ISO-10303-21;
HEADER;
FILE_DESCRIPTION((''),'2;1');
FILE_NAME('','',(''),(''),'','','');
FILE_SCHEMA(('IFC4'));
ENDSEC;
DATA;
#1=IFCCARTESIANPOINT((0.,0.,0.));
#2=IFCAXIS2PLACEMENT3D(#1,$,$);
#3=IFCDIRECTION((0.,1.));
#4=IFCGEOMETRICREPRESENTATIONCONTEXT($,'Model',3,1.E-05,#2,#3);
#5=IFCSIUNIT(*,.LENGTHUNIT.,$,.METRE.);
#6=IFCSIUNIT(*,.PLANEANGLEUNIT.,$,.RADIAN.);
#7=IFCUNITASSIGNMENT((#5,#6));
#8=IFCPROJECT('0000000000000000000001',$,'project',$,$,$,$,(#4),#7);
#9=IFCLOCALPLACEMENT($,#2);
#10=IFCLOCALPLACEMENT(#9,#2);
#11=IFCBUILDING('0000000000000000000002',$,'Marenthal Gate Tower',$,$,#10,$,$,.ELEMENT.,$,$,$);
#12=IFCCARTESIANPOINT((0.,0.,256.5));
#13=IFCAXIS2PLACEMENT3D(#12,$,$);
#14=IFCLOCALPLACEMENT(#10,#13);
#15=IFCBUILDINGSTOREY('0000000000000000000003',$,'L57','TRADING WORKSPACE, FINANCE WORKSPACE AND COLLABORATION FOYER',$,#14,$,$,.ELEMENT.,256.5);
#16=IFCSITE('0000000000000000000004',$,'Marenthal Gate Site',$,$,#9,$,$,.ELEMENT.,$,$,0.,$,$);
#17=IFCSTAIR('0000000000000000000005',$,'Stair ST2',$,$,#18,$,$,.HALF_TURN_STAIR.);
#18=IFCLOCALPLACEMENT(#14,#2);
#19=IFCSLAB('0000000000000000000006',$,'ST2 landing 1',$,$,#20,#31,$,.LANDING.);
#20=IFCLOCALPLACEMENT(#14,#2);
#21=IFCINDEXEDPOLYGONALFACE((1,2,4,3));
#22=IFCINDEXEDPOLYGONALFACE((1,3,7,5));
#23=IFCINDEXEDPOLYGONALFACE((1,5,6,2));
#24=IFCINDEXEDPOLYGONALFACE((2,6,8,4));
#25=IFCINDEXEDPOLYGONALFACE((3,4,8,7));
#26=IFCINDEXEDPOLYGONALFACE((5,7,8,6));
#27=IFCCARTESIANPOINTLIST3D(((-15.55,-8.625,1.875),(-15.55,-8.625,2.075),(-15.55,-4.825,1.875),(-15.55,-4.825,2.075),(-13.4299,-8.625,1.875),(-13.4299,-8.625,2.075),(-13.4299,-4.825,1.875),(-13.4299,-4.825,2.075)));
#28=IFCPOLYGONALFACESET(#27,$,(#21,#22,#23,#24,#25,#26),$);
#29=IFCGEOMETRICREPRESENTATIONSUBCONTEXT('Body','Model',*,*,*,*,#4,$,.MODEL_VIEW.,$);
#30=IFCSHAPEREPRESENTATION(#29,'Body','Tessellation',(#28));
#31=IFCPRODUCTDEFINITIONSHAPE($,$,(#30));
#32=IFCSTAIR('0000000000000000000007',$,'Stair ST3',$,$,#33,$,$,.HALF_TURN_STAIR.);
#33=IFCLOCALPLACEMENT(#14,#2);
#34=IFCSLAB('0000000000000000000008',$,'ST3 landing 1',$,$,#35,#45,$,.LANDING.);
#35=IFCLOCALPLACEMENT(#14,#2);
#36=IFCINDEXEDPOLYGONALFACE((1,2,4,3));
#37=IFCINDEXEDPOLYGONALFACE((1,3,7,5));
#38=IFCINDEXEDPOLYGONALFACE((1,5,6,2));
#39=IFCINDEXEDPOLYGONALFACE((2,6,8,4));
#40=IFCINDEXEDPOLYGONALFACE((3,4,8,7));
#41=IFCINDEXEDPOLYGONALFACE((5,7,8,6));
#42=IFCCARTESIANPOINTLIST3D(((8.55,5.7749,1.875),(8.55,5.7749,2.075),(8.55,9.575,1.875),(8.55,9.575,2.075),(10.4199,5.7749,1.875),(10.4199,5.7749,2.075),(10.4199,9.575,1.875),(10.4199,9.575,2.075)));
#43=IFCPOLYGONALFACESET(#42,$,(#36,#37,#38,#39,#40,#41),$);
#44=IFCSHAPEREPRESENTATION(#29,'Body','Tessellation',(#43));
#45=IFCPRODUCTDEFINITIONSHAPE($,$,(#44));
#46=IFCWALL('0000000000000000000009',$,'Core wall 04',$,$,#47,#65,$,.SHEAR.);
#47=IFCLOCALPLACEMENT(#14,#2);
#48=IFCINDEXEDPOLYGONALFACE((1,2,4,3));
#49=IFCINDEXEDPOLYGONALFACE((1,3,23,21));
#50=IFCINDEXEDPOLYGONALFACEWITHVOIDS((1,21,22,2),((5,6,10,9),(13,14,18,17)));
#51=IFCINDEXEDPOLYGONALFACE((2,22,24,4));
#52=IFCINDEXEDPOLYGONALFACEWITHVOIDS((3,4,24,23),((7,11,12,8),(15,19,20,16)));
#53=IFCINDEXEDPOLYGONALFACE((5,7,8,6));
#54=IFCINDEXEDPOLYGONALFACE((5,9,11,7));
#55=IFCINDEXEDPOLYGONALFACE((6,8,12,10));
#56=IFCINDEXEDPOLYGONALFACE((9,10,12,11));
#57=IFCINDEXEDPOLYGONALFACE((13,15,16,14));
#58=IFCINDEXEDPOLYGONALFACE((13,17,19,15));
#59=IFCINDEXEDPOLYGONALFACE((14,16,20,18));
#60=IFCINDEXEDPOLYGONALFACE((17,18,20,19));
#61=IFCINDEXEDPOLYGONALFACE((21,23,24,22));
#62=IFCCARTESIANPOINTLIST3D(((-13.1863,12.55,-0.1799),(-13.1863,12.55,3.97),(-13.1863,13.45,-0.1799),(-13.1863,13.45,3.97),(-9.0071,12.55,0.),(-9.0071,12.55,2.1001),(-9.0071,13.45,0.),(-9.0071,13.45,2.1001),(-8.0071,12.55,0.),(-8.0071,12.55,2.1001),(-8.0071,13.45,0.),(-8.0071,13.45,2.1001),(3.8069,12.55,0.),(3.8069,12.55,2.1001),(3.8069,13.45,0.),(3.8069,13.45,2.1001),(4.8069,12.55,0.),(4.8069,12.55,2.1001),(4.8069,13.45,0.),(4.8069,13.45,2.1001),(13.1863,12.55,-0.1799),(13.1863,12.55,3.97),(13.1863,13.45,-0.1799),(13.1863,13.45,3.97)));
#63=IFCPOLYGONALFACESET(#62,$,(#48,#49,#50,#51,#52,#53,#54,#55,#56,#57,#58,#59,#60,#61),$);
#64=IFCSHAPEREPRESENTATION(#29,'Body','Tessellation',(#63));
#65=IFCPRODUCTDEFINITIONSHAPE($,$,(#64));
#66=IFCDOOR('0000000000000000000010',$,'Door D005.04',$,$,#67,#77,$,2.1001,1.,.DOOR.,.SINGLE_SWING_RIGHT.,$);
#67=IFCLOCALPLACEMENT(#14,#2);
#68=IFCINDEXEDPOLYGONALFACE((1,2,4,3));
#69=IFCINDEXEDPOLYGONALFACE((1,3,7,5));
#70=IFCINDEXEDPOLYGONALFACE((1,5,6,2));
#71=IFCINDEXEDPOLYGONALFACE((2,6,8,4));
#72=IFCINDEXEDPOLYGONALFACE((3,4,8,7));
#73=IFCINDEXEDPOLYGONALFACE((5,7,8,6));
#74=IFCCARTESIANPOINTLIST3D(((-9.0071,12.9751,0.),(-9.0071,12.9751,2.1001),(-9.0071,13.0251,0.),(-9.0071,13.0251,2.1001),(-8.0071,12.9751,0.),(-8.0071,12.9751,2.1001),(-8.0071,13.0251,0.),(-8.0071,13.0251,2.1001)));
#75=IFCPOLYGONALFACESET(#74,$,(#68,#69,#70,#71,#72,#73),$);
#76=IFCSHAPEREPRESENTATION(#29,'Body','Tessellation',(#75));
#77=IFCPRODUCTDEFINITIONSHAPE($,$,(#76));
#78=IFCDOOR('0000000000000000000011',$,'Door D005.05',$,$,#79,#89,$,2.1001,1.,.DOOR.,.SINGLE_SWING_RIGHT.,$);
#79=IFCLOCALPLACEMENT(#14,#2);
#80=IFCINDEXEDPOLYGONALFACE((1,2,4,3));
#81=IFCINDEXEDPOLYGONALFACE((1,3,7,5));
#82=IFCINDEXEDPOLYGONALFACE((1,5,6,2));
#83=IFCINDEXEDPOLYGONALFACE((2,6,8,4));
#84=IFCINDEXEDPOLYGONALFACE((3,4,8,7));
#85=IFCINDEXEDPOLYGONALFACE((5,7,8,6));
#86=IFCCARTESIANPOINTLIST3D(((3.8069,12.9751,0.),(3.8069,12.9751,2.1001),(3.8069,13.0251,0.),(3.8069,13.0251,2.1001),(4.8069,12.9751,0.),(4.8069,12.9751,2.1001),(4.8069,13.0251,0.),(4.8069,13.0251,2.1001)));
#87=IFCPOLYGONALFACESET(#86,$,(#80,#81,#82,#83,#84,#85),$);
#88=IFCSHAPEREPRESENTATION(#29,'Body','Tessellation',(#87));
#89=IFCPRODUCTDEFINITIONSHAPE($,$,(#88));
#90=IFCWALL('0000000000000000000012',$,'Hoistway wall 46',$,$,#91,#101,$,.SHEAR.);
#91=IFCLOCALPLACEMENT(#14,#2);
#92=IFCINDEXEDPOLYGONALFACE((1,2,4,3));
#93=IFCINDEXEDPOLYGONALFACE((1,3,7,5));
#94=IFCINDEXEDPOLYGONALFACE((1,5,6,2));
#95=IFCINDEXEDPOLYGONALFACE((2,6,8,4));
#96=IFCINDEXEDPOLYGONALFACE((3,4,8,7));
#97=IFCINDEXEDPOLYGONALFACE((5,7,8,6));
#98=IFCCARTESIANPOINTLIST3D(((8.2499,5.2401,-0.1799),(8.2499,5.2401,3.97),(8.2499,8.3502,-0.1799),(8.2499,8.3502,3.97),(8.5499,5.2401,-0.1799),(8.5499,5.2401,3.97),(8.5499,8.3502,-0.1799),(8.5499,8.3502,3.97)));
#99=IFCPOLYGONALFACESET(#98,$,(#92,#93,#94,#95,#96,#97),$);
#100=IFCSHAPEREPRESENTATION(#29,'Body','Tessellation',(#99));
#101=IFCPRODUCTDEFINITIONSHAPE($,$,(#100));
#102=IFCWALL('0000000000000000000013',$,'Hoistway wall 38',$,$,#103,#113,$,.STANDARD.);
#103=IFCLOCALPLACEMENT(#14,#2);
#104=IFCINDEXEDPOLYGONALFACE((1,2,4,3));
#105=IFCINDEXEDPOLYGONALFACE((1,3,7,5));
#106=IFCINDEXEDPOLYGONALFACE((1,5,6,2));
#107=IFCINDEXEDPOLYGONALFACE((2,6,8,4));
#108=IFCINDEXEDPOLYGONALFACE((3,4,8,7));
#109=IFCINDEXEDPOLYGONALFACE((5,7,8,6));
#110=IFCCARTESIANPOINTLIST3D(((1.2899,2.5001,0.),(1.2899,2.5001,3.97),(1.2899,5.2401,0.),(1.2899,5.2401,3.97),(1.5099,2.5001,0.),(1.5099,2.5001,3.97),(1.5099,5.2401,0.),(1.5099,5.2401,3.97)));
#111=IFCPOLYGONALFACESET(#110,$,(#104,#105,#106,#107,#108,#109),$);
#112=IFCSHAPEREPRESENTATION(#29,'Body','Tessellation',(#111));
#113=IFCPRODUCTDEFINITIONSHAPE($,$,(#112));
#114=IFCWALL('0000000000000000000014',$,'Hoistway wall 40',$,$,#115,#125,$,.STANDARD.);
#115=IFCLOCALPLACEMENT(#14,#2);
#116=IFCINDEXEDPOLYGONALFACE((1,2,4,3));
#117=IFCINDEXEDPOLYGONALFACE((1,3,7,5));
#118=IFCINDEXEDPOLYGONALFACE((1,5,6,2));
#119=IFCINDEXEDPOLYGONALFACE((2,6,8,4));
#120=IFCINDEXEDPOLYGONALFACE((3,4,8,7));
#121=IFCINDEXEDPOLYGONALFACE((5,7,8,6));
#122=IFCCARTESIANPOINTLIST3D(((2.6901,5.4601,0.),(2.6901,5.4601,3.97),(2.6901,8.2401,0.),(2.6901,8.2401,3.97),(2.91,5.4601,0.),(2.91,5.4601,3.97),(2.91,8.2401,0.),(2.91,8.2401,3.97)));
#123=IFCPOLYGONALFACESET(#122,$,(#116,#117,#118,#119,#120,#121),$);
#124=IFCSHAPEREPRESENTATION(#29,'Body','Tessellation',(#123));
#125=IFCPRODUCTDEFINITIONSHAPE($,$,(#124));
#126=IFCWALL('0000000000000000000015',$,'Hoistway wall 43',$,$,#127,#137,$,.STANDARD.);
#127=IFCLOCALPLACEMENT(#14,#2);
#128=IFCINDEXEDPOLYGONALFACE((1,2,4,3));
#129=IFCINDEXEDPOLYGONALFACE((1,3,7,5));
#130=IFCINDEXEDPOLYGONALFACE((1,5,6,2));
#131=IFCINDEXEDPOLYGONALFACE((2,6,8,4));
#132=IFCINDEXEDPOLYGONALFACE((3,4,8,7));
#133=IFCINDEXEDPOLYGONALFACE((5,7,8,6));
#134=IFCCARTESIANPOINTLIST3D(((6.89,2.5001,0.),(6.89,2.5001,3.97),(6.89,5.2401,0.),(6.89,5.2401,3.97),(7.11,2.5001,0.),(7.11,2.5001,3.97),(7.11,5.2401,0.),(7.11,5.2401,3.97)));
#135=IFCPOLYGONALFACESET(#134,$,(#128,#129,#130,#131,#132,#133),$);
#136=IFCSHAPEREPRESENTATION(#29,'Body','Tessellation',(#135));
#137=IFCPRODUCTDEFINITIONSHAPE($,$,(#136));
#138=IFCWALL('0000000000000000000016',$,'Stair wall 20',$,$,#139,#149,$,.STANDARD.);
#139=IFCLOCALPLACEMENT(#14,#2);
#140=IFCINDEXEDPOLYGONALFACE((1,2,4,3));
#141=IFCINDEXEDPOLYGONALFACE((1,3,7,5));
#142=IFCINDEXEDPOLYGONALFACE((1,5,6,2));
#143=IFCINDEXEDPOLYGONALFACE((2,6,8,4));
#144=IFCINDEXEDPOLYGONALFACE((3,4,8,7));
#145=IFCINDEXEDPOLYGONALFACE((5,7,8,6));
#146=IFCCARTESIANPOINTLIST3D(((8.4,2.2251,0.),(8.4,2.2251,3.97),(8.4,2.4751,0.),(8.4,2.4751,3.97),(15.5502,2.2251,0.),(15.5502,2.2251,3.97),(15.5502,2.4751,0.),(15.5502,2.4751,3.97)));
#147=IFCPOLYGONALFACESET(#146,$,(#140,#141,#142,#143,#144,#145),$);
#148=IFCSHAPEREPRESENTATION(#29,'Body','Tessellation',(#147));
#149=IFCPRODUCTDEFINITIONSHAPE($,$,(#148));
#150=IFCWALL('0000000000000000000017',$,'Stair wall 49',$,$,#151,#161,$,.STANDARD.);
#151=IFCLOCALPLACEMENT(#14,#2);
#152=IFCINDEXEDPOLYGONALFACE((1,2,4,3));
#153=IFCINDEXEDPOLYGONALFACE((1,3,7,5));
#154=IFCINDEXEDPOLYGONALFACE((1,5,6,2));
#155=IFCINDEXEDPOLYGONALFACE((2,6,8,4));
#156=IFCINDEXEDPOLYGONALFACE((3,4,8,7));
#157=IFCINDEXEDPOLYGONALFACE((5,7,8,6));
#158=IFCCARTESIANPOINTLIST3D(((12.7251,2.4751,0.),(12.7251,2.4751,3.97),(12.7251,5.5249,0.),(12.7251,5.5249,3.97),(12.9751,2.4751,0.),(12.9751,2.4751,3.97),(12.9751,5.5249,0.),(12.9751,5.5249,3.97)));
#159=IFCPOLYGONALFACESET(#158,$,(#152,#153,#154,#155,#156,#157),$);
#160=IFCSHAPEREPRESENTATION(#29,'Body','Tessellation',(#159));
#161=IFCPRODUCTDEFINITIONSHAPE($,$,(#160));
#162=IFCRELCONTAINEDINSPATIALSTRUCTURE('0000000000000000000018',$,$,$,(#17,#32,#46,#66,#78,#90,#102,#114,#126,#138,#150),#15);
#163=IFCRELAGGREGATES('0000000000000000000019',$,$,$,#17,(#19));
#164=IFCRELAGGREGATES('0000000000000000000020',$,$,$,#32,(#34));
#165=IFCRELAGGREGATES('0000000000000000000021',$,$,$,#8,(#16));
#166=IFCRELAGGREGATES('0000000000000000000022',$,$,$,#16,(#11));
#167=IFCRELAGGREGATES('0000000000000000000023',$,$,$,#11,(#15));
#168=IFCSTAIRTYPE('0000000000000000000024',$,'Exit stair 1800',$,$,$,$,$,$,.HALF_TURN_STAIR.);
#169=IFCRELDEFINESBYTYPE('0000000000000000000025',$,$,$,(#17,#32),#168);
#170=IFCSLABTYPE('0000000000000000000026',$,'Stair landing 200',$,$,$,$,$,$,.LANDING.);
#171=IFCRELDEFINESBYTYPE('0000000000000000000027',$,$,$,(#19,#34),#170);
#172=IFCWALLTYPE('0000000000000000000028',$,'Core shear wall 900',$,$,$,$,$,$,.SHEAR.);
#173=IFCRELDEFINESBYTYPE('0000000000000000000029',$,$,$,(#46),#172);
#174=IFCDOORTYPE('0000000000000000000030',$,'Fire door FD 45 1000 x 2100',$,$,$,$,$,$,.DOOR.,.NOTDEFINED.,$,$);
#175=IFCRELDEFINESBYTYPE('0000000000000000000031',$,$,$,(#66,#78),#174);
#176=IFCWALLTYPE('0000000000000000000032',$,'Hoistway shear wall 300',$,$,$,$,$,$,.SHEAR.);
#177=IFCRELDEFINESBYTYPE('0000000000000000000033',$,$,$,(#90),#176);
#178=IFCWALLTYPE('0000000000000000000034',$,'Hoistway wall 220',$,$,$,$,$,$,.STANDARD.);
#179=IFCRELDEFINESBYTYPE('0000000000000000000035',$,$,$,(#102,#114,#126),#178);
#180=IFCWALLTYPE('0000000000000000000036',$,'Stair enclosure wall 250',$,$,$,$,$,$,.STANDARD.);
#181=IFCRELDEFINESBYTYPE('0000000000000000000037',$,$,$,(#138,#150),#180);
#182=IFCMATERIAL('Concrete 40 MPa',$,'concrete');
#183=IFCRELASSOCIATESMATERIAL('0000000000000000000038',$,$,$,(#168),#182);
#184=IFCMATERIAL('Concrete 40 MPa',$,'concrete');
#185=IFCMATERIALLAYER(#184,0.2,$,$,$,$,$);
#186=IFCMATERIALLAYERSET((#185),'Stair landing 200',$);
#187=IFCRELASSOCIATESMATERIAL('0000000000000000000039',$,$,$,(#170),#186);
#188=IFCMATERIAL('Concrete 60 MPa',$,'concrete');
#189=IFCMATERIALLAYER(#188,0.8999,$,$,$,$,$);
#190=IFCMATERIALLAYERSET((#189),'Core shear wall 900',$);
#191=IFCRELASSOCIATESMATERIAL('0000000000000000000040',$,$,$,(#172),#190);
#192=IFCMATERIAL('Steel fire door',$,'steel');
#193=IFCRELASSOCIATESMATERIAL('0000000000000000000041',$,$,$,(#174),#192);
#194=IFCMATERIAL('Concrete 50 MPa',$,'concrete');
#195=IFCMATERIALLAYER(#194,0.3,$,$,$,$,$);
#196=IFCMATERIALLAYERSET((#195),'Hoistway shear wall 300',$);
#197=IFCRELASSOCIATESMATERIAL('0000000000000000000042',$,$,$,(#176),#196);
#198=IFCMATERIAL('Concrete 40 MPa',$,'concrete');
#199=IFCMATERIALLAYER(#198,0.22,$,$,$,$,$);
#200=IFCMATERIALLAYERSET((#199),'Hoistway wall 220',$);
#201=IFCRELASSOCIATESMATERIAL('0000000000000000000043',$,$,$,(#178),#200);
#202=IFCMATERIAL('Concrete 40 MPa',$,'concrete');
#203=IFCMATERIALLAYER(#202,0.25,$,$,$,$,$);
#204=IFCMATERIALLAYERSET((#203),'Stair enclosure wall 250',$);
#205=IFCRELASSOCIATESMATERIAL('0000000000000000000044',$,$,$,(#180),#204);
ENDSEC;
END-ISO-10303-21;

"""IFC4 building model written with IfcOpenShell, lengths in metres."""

from ifc_helpers import new_model, si_unit, direction, frame, frame_2d, origin, place, context, subcontext, project, spatial, polyline, rectangle, outline, extrude, material, layer, layer_set, type_object, element, fill, aggregate, save


model = new_model("IFC4")

# Units and contexts
model_context = context("Model", 3, precision=1e-05, world=origin(), true_north=direction((0.0, 1.0)))
body_context = subcontext(model_context, "Body", "Model", "MODEL_VIEW")
ifc_project = project(units=[si_unit("LENGTHUNIT", "METRE"), si_unit("PLANEANGLEUNIT", "RADIAN")], contexts=[model_context])

# Site, building, storey
site_placement = place(None, origin())
site = spatial("IfcSite", under=ifc_project, at=site_placement, Name="Marenthal Gate Site", CompositionType="ELEMENT", RefElevation=0.0)
building_placement = place(site_placement, origin())
building = spatial("IfcBuilding", under=site, at=building_placement, Name="Marenthal Gate Tower", CompositionType="ELEMENT")
storey_placement = place(building_placement, frame((0.0, 0.0, 256.5)))
storey = spatial("IfcBuildingStorey", under=building, at=storey_placement, Name="L57", Description="TRADING WORKSPACE, FINANCE WORKSPACE AND COLLABORATION FOYER", CompositionType="ELEMENT", Elevation=256.5)

# Stairs, slabs
ifc_material_1 = material(Name="Concrete 40 MPa", Category="concrete")
stair_type = type_object("IfcStairType", Name="Exit stair 1800", PredefinedType="HALF_TURN_STAIR", material=ifc_material_1)
stair_1_placement = place(storey_placement, origin())
stair_1 = element("IfcStair", 1, at=stair_1_placement, inside=storey, type_object=stair_type, Name="Stair ST2", PredefinedType="HALF_TURN_STAIR")
ifc_material_2 = material(Name="Concrete 40 MPa", Category="concrete")
ifc_layer_1 = layer(ifc_material_2, 0.2)
ifc_layer_set_1 = layer_set([ifc_layer_1], Name="Stair landing 200")
slab_type = type_object("IfcSlabType", Name="Stair landing 200", PredefinedType="LANDING", material=ifc_layer_set_1)
slab_1_placement = place(storey_placement, frame((0.0, 0.0, 1.875)))
slab_1 = element("IfcSlab", 2, at=slab_1_placement, type_object=slab_type, Name="ST2 landing 1", PredefinedType="LANDING", context=body_context, shape_type="SweptSolid", body=[
    extrude(outline(polyline([(-15.55, -8.625), (-13.4299, -8.625), (-13.4299, -4.825), (-15.55, -4.825), (-15.55, -8.625)])), origin(), (0.0, 0.0, 1.0), 0.2),
])
aggregate(stair_1, [slab_1])
stair_2_placement = place(storey_placement, origin())
stair_2 = element("IfcStair", 3, at=stair_2_placement, inside=storey, type_object=stair_type, Name="Stair ST3", PredefinedType="HALF_TURN_STAIR")
slab_2_placement = place(storey_placement, frame((0.0, 0.0, 1.875)))
slab_2 = element("IfcSlab", 4, at=slab_2_placement, type_object=slab_type, Name="ST3 landing 1", PredefinedType="LANDING", context=body_context, shape_type="SweptSolid", body=[
    extrude(outline(polyline([(8.55, 5.7749), (10.4199, 5.7749), (10.4199, 9.575), (8.55, 9.575), (8.55, 5.7749)])), origin(), (0.0, 0.0, 1.0), 0.2),
])

# Wall, openings, doors
ifc_material_3 = material(Name="Concrete 60 MPa", Category="concrete")
ifc_layer_2 = layer(ifc_material_3, 0.8999)
ifc_layer_set_2 = layer_set([ifc_layer_2], Name="Core shear wall 900")
wall_type_1 = type_object("IfcWallType", Name="Core shear wall 900", PredefinedType="SHEAR", material=ifc_layer_set_2)
wall_1_placement = place(storey_placement, frame((13.1863, 13.0, -0.1799), z_axis=(0.0, 0.0, 1.0), x_axis=(-1.0, 0.0, 0.0)))
wall_1 = element("IfcWall", 5, at=wall_1_placement, inside=storey, type_object=wall_type_1, Name="Core wall 04", PredefinedType="SHEAR", context=body_context, shape_type="SweptSolid", body=[
    extrude(rectangle(XDim=26.3726, YDim=0.8999, at=frame_2d((13.1863, 0.0))), origin(), (0.0, 0.0, 1.0), 4.1499),
])
opening_1_placement = place(wall_1_placement, frame((21.1934, 0.0, 0.1799)))
opening_1 = element("IfcOpeningElement", 6, at=opening_1_placement, cuts=wall_1, PredefinedType="OPENING", context=body_context, shape_type="SweptSolid", body=[
    extrude(rectangle(XDim=1.0, YDim=2.1001, at=frame_2d((0.5, 1.05))), frame((0.0, 0.46, 0.0), z_axis=(0.0, -1.0, 0.0), x_axis=(1.0, 0.0, 0.0)), (0.0, 0.0, 1.0), 0.9199),
])
opening_2_placement = place(wall_1_placement, frame((8.3794, 0.0, 0.1799)))
opening_2 = element("IfcOpeningElement", 7, at=opening_2_placement, cuts=wall_1, PredefinedType="OPENING", context=body_context, shape_type="SweptSolid", body=[
    extrude(rectangle(XDim=1.0, YDim=2.1001, at=frame_2d((0.5, 1.05))), frame((0.0, 0.46, 0.0), z_axis=(0.0, -1.0, 0.0), x_axis=(1.0, 0.0, 0.0)), (0.0, 0.0, 1.0), 0.9199),
])
ifc_material_4 = material(Name="Steel fire door", Category="steel")
door_type_1 = type_object("IfcDoorType", Name="Fire door FD 45 1000 x 2100", OperationType="NOTDEFINED", PredefinedType="DOOR", material=ifc_material_4)
door_1_placement = place(opening_1_placement, origin())
door_1 = element("IfcDoor", 8, at=door_1_placement, inside=storey, type_object=door_type_1, Name="Door D005.04", OperationType="SINGLE_SWING_RIGHT", OverallHeight=2.1001, OverallWidth=1.0, PredefinedType="DOOR", context=body_context, shape_type="SweptSolid", body=[
    extrude(rectangle(XDim=1.0, YDim=2.1001, at=frame_2d((0.5, 1.05))), frame((0.0, 0.0249, 0.0), z_axis=(0.0, -1.0, 0.0), x_axis=(1.0, 0.0, 0.0)), (0.0, 0.0, 1.0), 0.05),
])
fill(opening_1, door_1)
door_2_placement = place(opening_2_placement, origin())
door_2 = element("IfcDoor", 9, at=door_2_placement, inside=storey, type_object=door_type_1, Name="Door D005.05", OperationType="SINGLE_SWING_RIGHT", OverallHeight=2.1001, OverallWidth=1.0, PredefinedType="DOOR", context=body_context, shape_type="SweptSolid", body=[
    extrude(rectangle(XDim=1.0, YDim=2.1001, at=frame_2d((0.5, 1.05))), frame((0.0, 0.0249, 0.0), z_axis=(0.0, -1.0, 0.0), x_axis=(1.0, 0.0, 0.0)), (0.0, 0.0, 1.0), 0.05),
])
fill(opening_2, door_2)

# Walls
ifc_material_5 = material(Name="Concrete 50 MPa", Category="concrete")
ifc_layer_3 = layer(ifc_material_5, 0.3)
ifc_layer_set_3 = layer_set([ifc_layer_3], Name="Hoistway shear wall 300")
wall_type_2 = type_object("IfcWallType", Name="Hoistway shear wall 300", PredefinedType="SHEAR", material=ifc_layer_set_3)
wall_2_placement = place(storey_placement, frame((8.3999, 5.24, -0.1799), z_axis=(0.0, 0.0, 1.0), x_axis=(0.0, 1.0, 0.0)))
element("IfcWall", 10, at=wall_2_placement, inside=storey, type_object=wall_type_2, Name="Hoistway wall 46", PredefinedType="SHEAR", context=body_context, shape_type="SweptSolid", body=[
    extrude(rectangle(XDim=3.1101, YDim=0.3, at=frame_2d((1.5552, 0.0))), origin(), (0.0, 0.0, 1.0), 4.1499),
])
ifc_material_6 = material(Name="Concrete 40 MPa", Category="concrete")
ifc_layer_4 = layer(ifc_material_6, 0.22)
ifc_layer_set_4 = layer_set([ifc_layer_4], Name="Hoistway wall 220")
wall_type_3 = type_object("IfcWallType", Name="Hoistway wall 220", PredefinedType="STANDARD", material=ifc_layer_set_4)
wall_3_placement = place(storey_placement, frame((1.3999, 2.5, 0.0), z_axis=(0.0, 0.0, 1.0), x_axis=(0.0, 1.0, 0.0)))
element("IfcWall", 11, at=wall_3_placement, inside=storey, type_object=wall_type_3, Name="Hoistway wall 38", PredefinedType="STANDARD", context=body_context, shape_type="SweptSolid", body=[
    extrude(rectangle(XDim=2.74, YDim=0.22, at=frame_2d((1.3701, 0.0))), origin(), (0.0, 0.0, 1.0), 3.97),
])
wall_4_placement = place(storey_placement, frame((2.8, 5.46, 0.0), z_axis=(0.0, 0.0, 1.0), x_axis=(0.0, 1.0, 0.0)))
element("IfcWall", 12, at=wall_4_placement, inside=storey, type_object=wall_type_3, Name="Hoistway wall 40", PredefinedType="STANDARD", context=body_context, shape_type="SweptSolid", body=[
    extrude(rectangle(XDim=2.78, YDim=0.22, at=frame_2d((1.3901, 0.0))), origin(), (0.0, 0.0, 1.0), 3.97),
])
wall_5_placement = place(storey_placement, frame((7.0, 2.5, 0.0), z_axis=(0.0, 0.0, 1.0), x_axis=(0.0, 1.0, 0.0)))
element("IfcWall", 13, at=wall_5_placement, inside=storey, type_object=wall_type_3, Name="Hoistway wall 43", PredefinedType="STANDARD", context=body_context, shape_type="SweptSolid", body=[
    extrude(rectangle(XDim=2.74, YDim=0.22, at=frame_2d((1.3701, 0.0))), origin(), (0.0, 0.0, 1.0), 3.97),
])
ifc_material_7 = material(Name="Concrete 40 MPa", Category="concrete")
ifc_layer_5 = layer(ifc_material_7, 0.25)
ifc_layer_set_5 = layer_set([ifc_layer_5], Name="Stair enclosure wall 250")
wall_type_4 = type_object("IfcWallType", Name="Stair enclosure wall 250", PredefinedType="STANDARD", material=ifc_layer_set_5)
wall_6_placement = place(storey_placement, frame((8.3999, 2.3501, 0.0), z_axis=(0.0, 0.0, 1.0), x_axis=(1.0, 0.0, 0.0)))
element("IfcWall", 14, at=wall_6_placement, inside=storey, type_object=wall_type_4, Name="Stair wall 20", PredefinedType="STANDARD", context=body_context, shape_type="SweptSolid", body=[
    extrude(rectangle(XDim=7.1501, YDim=0.25, at=frame_2d((3.5752, 0.0))), origin(), (0.0, 0.0, 1.0), 3.97),
])
wall_7_placement = place(storey_placement, frame((12.8501, 2.4751, 0.0), z_axis=(0.0, 0.0, 1.0), x_axis=(0.0, 1.0, 0.0)))
element("IfcWall", 15, at=wall_7_placement, inside=storey, type_object=wall_type_4, Name="Stair wall 49", PredefinedType="STANDARD", context=body_context, shape_type="SweptSolid", body=[
    extrude(rectangle(XDim=3.0498, YDim=0.25, at=frame_2d((1.5249, 0.0))), origin(), (0.0, 0.0, 1.0), 3.97),
])

aggregate(stair_2, [slab_2])

save(model, "model.ifc")
